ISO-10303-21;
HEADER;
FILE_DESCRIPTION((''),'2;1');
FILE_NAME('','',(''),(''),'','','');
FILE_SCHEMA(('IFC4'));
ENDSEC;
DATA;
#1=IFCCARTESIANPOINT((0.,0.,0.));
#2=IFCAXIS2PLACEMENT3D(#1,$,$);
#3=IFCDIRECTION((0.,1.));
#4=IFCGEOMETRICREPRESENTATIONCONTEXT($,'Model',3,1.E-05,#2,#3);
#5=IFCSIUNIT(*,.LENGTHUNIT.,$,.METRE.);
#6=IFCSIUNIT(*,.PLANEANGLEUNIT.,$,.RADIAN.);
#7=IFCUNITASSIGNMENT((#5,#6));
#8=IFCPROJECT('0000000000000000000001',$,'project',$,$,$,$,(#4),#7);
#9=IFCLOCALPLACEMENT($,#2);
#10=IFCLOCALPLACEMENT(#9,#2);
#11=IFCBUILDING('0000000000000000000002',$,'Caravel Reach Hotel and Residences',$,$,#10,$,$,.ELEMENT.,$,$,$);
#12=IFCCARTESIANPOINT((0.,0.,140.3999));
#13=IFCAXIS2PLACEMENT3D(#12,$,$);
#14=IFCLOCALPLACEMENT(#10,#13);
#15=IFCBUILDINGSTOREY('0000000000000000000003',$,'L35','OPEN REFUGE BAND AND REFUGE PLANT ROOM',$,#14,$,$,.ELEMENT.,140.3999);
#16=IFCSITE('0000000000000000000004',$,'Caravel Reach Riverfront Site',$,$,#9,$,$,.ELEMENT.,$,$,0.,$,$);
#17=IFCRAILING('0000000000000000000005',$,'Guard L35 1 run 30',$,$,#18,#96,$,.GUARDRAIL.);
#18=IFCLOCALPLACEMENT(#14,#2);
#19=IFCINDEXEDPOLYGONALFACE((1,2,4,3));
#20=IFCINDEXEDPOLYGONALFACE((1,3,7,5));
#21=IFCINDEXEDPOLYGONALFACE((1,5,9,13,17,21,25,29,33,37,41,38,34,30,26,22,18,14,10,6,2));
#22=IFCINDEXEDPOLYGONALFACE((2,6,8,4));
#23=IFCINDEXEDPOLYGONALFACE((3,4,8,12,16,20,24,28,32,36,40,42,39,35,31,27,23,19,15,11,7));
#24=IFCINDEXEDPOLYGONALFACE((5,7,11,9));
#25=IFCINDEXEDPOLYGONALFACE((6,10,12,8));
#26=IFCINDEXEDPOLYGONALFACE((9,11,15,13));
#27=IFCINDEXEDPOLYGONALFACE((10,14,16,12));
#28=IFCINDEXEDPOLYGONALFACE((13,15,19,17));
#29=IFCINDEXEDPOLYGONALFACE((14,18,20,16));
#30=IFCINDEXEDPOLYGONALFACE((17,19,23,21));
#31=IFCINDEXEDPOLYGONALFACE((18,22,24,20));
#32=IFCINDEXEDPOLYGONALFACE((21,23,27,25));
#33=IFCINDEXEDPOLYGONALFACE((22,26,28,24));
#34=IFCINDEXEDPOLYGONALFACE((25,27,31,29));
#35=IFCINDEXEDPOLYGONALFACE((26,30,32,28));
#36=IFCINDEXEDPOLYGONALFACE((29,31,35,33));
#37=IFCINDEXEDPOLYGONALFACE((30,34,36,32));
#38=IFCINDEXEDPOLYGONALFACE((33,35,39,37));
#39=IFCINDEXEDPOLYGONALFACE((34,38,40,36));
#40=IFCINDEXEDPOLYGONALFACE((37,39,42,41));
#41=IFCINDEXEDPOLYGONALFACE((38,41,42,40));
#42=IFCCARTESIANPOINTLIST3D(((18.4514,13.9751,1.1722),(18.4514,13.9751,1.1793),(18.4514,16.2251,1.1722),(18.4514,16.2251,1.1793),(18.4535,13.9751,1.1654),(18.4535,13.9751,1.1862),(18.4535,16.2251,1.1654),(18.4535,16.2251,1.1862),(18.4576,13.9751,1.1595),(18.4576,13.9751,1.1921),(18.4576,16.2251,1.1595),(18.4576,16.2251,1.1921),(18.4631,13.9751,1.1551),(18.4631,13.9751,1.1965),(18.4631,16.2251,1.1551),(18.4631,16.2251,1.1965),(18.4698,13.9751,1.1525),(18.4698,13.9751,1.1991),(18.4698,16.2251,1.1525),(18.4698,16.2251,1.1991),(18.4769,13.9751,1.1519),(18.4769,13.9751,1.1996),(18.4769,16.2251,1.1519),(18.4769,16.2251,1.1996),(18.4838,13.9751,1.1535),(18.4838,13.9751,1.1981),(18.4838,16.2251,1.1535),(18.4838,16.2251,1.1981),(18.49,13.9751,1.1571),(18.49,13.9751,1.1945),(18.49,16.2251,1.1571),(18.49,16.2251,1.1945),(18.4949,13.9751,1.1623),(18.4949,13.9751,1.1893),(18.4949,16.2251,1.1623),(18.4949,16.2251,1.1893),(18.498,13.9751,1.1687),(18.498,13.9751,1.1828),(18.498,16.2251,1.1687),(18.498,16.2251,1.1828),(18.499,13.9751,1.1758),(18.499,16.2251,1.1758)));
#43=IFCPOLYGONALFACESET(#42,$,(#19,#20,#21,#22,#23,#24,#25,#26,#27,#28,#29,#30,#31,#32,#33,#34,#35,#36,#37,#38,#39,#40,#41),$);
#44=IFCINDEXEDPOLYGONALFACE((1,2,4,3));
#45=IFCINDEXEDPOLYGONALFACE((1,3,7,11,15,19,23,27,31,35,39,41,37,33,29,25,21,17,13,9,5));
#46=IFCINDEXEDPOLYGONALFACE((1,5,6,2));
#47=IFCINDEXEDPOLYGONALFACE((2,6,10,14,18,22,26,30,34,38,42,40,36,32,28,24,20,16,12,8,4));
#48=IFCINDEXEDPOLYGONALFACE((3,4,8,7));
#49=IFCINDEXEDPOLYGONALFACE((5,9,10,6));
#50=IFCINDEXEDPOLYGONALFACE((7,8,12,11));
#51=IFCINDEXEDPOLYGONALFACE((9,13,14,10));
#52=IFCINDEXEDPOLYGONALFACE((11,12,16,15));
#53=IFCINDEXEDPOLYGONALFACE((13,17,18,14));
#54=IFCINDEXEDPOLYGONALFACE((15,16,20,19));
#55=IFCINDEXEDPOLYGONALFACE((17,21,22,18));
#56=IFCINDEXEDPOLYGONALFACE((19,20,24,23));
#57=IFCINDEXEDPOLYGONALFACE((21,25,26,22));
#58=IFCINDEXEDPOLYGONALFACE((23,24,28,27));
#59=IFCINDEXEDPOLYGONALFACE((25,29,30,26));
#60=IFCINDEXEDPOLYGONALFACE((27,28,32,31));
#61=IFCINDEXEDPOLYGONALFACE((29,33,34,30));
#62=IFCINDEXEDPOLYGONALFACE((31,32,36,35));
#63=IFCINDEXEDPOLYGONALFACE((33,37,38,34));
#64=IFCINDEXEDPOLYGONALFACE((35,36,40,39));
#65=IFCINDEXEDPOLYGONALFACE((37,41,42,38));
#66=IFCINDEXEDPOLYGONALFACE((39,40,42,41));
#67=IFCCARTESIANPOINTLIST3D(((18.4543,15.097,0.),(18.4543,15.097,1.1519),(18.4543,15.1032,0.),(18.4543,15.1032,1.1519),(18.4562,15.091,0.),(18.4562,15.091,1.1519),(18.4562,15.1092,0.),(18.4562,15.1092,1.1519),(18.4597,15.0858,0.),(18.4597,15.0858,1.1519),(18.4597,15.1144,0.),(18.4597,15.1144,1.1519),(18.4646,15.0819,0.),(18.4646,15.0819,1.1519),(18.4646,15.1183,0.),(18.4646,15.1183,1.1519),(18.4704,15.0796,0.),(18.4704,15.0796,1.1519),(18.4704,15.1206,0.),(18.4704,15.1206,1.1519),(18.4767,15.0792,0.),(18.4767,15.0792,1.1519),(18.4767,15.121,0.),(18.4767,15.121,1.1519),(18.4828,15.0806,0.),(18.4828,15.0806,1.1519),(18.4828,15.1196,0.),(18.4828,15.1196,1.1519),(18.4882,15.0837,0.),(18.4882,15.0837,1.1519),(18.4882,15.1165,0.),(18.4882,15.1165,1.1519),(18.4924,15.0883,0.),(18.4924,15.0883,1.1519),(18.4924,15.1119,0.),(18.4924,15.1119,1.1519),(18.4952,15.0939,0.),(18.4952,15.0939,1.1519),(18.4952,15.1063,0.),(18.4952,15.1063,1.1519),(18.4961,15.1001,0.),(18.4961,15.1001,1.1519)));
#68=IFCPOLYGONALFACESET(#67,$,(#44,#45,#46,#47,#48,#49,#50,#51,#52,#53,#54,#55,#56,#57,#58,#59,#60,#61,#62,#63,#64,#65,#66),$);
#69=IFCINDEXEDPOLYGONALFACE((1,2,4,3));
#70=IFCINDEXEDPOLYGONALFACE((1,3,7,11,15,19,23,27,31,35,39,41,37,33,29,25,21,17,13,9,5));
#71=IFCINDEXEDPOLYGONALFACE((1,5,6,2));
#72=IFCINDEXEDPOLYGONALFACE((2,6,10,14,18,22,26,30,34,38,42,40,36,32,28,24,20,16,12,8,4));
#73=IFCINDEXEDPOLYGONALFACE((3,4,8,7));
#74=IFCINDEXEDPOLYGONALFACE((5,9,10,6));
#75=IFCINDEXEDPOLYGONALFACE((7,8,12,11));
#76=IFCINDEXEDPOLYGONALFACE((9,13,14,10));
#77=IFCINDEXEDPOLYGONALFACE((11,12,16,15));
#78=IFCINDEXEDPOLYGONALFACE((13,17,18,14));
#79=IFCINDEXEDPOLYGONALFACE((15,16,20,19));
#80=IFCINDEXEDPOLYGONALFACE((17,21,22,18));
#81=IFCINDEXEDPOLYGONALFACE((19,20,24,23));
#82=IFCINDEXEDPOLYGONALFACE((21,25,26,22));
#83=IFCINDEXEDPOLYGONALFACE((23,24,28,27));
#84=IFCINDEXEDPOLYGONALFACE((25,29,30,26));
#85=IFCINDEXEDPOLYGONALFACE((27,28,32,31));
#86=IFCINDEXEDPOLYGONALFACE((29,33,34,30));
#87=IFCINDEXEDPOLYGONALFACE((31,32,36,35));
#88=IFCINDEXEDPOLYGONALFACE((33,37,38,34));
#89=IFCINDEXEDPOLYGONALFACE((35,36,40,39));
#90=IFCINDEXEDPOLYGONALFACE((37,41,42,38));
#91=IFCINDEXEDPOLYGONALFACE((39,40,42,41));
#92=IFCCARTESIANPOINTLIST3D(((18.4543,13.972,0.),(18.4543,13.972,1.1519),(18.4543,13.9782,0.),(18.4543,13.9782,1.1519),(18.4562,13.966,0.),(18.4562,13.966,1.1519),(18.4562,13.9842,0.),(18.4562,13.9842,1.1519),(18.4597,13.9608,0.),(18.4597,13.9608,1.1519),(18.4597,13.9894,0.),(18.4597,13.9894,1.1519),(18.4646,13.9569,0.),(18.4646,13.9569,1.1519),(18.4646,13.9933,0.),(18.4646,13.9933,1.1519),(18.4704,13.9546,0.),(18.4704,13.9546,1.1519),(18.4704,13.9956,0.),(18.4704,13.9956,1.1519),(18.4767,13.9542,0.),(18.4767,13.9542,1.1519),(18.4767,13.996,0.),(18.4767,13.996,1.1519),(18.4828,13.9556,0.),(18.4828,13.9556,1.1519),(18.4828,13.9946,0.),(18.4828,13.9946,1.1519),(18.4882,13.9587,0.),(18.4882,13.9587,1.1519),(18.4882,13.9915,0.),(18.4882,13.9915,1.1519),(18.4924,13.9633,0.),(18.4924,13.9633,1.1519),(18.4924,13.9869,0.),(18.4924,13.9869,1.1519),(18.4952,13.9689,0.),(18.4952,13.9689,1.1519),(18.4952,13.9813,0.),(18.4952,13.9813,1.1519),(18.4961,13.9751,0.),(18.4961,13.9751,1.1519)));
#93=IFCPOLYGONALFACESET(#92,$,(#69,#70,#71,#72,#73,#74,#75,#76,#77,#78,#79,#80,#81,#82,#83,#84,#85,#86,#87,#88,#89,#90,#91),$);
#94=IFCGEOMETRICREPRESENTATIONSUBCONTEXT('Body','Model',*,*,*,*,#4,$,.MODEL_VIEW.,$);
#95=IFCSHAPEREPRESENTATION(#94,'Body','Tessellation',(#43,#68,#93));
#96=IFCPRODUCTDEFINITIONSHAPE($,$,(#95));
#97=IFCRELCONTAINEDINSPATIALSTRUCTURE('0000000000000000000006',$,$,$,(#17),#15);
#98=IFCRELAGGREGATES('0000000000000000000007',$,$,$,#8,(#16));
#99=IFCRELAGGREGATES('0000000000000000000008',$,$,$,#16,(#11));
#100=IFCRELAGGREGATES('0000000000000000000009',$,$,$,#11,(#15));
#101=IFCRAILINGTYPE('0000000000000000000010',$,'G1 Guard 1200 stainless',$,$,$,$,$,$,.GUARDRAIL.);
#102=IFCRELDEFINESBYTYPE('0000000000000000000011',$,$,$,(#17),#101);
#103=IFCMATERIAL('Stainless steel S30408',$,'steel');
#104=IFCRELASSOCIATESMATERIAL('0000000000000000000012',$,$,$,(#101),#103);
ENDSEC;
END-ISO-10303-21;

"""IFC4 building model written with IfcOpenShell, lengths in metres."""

from ifc_helpers import new_model, si_unit, direction, frame, origin, origin_2d, place, context, subcontext, project, spatial, circle, extrude, material, type_object, element, save


model = new_model("IFC4")

# Units and contexts
model_context = context("Model", 3, precision=1e-05, world=origin(), true_north=direction((0.0, 1.0)))
body_context = subcontext(model_context, "Body", "Model", "MODEL_VIEW")
ifc_project = project(units=[si_unit("LENGTHUNIT", "METRE"), si_unit("PLANEANGLEUNIT", "RADIAN")], contexts=[model_context])

# Site, building, storey
site_placement = place(None, origin())
site = spatial("IfcSite", under=ifc_project, at=site_placement, Name="Caravel Reach Riverfront Site", CompositionType="ELEMENT", RefElevation=0.0)
building_placement = place(site_placement, origin())
building = spatial("IfcBuilding", under=site, at=building_placement, Name="Caravel Reach Hotel and Residences", CompositionType="ELEMENT")
storey_placement = place(building_placement, frame((0.0, 0.0, 140.3999)))
storey = spatial("IfcBuildingStorey", under=building, at=storey_placement, Name="L35", Description="OPEN REFUGE BAND AND REFUGE PLANT ROOM", CompositionType="ELEMENT", Elevation=140.3999)

# Railing
ifc_material_1 = material(Name="Stainless steel S30408", Category="steel")
railing_type = type_object("IfcRailingType", Name="G1 Guard 1200 stainless", PredefinedType="GUARDRAIL", material=ifc_material_1)
railing_1_placement = place(storey_placement, frame((18.4751, 16.2251, 0.0)))
element("IfcRailing", 1, at=railing_1_placement, inside=storey, type_object=railing_type, Name="Guard L35 1 run 30", PredefinedType="GUARDRAIL", context=body_context, shape_type="SweptSolid", body=[
    extrude(circle(Radius=0.0239, at=origin_2d()), frame((0.0, 0.0, 1.1758), z_axis=(0.0, -1.0, 0.0), x_axis=(1.0, 0.0, 0.0)), (0.0, 0.0, 1.0), 2.25),
    extrude(circle(Radius=0.021, at=origin_2d()), frame((0.0, -1.125, 0.0)), (0.0, 0.0, 1.0), 1.1519),
    extrude(circle(Radius=0.021, at=origin_2d()), frame((0.0, -2.25, 0.0)), (0.0, 0.0, 1.0), 1.1519),
])

save(model, "model.ifc")
